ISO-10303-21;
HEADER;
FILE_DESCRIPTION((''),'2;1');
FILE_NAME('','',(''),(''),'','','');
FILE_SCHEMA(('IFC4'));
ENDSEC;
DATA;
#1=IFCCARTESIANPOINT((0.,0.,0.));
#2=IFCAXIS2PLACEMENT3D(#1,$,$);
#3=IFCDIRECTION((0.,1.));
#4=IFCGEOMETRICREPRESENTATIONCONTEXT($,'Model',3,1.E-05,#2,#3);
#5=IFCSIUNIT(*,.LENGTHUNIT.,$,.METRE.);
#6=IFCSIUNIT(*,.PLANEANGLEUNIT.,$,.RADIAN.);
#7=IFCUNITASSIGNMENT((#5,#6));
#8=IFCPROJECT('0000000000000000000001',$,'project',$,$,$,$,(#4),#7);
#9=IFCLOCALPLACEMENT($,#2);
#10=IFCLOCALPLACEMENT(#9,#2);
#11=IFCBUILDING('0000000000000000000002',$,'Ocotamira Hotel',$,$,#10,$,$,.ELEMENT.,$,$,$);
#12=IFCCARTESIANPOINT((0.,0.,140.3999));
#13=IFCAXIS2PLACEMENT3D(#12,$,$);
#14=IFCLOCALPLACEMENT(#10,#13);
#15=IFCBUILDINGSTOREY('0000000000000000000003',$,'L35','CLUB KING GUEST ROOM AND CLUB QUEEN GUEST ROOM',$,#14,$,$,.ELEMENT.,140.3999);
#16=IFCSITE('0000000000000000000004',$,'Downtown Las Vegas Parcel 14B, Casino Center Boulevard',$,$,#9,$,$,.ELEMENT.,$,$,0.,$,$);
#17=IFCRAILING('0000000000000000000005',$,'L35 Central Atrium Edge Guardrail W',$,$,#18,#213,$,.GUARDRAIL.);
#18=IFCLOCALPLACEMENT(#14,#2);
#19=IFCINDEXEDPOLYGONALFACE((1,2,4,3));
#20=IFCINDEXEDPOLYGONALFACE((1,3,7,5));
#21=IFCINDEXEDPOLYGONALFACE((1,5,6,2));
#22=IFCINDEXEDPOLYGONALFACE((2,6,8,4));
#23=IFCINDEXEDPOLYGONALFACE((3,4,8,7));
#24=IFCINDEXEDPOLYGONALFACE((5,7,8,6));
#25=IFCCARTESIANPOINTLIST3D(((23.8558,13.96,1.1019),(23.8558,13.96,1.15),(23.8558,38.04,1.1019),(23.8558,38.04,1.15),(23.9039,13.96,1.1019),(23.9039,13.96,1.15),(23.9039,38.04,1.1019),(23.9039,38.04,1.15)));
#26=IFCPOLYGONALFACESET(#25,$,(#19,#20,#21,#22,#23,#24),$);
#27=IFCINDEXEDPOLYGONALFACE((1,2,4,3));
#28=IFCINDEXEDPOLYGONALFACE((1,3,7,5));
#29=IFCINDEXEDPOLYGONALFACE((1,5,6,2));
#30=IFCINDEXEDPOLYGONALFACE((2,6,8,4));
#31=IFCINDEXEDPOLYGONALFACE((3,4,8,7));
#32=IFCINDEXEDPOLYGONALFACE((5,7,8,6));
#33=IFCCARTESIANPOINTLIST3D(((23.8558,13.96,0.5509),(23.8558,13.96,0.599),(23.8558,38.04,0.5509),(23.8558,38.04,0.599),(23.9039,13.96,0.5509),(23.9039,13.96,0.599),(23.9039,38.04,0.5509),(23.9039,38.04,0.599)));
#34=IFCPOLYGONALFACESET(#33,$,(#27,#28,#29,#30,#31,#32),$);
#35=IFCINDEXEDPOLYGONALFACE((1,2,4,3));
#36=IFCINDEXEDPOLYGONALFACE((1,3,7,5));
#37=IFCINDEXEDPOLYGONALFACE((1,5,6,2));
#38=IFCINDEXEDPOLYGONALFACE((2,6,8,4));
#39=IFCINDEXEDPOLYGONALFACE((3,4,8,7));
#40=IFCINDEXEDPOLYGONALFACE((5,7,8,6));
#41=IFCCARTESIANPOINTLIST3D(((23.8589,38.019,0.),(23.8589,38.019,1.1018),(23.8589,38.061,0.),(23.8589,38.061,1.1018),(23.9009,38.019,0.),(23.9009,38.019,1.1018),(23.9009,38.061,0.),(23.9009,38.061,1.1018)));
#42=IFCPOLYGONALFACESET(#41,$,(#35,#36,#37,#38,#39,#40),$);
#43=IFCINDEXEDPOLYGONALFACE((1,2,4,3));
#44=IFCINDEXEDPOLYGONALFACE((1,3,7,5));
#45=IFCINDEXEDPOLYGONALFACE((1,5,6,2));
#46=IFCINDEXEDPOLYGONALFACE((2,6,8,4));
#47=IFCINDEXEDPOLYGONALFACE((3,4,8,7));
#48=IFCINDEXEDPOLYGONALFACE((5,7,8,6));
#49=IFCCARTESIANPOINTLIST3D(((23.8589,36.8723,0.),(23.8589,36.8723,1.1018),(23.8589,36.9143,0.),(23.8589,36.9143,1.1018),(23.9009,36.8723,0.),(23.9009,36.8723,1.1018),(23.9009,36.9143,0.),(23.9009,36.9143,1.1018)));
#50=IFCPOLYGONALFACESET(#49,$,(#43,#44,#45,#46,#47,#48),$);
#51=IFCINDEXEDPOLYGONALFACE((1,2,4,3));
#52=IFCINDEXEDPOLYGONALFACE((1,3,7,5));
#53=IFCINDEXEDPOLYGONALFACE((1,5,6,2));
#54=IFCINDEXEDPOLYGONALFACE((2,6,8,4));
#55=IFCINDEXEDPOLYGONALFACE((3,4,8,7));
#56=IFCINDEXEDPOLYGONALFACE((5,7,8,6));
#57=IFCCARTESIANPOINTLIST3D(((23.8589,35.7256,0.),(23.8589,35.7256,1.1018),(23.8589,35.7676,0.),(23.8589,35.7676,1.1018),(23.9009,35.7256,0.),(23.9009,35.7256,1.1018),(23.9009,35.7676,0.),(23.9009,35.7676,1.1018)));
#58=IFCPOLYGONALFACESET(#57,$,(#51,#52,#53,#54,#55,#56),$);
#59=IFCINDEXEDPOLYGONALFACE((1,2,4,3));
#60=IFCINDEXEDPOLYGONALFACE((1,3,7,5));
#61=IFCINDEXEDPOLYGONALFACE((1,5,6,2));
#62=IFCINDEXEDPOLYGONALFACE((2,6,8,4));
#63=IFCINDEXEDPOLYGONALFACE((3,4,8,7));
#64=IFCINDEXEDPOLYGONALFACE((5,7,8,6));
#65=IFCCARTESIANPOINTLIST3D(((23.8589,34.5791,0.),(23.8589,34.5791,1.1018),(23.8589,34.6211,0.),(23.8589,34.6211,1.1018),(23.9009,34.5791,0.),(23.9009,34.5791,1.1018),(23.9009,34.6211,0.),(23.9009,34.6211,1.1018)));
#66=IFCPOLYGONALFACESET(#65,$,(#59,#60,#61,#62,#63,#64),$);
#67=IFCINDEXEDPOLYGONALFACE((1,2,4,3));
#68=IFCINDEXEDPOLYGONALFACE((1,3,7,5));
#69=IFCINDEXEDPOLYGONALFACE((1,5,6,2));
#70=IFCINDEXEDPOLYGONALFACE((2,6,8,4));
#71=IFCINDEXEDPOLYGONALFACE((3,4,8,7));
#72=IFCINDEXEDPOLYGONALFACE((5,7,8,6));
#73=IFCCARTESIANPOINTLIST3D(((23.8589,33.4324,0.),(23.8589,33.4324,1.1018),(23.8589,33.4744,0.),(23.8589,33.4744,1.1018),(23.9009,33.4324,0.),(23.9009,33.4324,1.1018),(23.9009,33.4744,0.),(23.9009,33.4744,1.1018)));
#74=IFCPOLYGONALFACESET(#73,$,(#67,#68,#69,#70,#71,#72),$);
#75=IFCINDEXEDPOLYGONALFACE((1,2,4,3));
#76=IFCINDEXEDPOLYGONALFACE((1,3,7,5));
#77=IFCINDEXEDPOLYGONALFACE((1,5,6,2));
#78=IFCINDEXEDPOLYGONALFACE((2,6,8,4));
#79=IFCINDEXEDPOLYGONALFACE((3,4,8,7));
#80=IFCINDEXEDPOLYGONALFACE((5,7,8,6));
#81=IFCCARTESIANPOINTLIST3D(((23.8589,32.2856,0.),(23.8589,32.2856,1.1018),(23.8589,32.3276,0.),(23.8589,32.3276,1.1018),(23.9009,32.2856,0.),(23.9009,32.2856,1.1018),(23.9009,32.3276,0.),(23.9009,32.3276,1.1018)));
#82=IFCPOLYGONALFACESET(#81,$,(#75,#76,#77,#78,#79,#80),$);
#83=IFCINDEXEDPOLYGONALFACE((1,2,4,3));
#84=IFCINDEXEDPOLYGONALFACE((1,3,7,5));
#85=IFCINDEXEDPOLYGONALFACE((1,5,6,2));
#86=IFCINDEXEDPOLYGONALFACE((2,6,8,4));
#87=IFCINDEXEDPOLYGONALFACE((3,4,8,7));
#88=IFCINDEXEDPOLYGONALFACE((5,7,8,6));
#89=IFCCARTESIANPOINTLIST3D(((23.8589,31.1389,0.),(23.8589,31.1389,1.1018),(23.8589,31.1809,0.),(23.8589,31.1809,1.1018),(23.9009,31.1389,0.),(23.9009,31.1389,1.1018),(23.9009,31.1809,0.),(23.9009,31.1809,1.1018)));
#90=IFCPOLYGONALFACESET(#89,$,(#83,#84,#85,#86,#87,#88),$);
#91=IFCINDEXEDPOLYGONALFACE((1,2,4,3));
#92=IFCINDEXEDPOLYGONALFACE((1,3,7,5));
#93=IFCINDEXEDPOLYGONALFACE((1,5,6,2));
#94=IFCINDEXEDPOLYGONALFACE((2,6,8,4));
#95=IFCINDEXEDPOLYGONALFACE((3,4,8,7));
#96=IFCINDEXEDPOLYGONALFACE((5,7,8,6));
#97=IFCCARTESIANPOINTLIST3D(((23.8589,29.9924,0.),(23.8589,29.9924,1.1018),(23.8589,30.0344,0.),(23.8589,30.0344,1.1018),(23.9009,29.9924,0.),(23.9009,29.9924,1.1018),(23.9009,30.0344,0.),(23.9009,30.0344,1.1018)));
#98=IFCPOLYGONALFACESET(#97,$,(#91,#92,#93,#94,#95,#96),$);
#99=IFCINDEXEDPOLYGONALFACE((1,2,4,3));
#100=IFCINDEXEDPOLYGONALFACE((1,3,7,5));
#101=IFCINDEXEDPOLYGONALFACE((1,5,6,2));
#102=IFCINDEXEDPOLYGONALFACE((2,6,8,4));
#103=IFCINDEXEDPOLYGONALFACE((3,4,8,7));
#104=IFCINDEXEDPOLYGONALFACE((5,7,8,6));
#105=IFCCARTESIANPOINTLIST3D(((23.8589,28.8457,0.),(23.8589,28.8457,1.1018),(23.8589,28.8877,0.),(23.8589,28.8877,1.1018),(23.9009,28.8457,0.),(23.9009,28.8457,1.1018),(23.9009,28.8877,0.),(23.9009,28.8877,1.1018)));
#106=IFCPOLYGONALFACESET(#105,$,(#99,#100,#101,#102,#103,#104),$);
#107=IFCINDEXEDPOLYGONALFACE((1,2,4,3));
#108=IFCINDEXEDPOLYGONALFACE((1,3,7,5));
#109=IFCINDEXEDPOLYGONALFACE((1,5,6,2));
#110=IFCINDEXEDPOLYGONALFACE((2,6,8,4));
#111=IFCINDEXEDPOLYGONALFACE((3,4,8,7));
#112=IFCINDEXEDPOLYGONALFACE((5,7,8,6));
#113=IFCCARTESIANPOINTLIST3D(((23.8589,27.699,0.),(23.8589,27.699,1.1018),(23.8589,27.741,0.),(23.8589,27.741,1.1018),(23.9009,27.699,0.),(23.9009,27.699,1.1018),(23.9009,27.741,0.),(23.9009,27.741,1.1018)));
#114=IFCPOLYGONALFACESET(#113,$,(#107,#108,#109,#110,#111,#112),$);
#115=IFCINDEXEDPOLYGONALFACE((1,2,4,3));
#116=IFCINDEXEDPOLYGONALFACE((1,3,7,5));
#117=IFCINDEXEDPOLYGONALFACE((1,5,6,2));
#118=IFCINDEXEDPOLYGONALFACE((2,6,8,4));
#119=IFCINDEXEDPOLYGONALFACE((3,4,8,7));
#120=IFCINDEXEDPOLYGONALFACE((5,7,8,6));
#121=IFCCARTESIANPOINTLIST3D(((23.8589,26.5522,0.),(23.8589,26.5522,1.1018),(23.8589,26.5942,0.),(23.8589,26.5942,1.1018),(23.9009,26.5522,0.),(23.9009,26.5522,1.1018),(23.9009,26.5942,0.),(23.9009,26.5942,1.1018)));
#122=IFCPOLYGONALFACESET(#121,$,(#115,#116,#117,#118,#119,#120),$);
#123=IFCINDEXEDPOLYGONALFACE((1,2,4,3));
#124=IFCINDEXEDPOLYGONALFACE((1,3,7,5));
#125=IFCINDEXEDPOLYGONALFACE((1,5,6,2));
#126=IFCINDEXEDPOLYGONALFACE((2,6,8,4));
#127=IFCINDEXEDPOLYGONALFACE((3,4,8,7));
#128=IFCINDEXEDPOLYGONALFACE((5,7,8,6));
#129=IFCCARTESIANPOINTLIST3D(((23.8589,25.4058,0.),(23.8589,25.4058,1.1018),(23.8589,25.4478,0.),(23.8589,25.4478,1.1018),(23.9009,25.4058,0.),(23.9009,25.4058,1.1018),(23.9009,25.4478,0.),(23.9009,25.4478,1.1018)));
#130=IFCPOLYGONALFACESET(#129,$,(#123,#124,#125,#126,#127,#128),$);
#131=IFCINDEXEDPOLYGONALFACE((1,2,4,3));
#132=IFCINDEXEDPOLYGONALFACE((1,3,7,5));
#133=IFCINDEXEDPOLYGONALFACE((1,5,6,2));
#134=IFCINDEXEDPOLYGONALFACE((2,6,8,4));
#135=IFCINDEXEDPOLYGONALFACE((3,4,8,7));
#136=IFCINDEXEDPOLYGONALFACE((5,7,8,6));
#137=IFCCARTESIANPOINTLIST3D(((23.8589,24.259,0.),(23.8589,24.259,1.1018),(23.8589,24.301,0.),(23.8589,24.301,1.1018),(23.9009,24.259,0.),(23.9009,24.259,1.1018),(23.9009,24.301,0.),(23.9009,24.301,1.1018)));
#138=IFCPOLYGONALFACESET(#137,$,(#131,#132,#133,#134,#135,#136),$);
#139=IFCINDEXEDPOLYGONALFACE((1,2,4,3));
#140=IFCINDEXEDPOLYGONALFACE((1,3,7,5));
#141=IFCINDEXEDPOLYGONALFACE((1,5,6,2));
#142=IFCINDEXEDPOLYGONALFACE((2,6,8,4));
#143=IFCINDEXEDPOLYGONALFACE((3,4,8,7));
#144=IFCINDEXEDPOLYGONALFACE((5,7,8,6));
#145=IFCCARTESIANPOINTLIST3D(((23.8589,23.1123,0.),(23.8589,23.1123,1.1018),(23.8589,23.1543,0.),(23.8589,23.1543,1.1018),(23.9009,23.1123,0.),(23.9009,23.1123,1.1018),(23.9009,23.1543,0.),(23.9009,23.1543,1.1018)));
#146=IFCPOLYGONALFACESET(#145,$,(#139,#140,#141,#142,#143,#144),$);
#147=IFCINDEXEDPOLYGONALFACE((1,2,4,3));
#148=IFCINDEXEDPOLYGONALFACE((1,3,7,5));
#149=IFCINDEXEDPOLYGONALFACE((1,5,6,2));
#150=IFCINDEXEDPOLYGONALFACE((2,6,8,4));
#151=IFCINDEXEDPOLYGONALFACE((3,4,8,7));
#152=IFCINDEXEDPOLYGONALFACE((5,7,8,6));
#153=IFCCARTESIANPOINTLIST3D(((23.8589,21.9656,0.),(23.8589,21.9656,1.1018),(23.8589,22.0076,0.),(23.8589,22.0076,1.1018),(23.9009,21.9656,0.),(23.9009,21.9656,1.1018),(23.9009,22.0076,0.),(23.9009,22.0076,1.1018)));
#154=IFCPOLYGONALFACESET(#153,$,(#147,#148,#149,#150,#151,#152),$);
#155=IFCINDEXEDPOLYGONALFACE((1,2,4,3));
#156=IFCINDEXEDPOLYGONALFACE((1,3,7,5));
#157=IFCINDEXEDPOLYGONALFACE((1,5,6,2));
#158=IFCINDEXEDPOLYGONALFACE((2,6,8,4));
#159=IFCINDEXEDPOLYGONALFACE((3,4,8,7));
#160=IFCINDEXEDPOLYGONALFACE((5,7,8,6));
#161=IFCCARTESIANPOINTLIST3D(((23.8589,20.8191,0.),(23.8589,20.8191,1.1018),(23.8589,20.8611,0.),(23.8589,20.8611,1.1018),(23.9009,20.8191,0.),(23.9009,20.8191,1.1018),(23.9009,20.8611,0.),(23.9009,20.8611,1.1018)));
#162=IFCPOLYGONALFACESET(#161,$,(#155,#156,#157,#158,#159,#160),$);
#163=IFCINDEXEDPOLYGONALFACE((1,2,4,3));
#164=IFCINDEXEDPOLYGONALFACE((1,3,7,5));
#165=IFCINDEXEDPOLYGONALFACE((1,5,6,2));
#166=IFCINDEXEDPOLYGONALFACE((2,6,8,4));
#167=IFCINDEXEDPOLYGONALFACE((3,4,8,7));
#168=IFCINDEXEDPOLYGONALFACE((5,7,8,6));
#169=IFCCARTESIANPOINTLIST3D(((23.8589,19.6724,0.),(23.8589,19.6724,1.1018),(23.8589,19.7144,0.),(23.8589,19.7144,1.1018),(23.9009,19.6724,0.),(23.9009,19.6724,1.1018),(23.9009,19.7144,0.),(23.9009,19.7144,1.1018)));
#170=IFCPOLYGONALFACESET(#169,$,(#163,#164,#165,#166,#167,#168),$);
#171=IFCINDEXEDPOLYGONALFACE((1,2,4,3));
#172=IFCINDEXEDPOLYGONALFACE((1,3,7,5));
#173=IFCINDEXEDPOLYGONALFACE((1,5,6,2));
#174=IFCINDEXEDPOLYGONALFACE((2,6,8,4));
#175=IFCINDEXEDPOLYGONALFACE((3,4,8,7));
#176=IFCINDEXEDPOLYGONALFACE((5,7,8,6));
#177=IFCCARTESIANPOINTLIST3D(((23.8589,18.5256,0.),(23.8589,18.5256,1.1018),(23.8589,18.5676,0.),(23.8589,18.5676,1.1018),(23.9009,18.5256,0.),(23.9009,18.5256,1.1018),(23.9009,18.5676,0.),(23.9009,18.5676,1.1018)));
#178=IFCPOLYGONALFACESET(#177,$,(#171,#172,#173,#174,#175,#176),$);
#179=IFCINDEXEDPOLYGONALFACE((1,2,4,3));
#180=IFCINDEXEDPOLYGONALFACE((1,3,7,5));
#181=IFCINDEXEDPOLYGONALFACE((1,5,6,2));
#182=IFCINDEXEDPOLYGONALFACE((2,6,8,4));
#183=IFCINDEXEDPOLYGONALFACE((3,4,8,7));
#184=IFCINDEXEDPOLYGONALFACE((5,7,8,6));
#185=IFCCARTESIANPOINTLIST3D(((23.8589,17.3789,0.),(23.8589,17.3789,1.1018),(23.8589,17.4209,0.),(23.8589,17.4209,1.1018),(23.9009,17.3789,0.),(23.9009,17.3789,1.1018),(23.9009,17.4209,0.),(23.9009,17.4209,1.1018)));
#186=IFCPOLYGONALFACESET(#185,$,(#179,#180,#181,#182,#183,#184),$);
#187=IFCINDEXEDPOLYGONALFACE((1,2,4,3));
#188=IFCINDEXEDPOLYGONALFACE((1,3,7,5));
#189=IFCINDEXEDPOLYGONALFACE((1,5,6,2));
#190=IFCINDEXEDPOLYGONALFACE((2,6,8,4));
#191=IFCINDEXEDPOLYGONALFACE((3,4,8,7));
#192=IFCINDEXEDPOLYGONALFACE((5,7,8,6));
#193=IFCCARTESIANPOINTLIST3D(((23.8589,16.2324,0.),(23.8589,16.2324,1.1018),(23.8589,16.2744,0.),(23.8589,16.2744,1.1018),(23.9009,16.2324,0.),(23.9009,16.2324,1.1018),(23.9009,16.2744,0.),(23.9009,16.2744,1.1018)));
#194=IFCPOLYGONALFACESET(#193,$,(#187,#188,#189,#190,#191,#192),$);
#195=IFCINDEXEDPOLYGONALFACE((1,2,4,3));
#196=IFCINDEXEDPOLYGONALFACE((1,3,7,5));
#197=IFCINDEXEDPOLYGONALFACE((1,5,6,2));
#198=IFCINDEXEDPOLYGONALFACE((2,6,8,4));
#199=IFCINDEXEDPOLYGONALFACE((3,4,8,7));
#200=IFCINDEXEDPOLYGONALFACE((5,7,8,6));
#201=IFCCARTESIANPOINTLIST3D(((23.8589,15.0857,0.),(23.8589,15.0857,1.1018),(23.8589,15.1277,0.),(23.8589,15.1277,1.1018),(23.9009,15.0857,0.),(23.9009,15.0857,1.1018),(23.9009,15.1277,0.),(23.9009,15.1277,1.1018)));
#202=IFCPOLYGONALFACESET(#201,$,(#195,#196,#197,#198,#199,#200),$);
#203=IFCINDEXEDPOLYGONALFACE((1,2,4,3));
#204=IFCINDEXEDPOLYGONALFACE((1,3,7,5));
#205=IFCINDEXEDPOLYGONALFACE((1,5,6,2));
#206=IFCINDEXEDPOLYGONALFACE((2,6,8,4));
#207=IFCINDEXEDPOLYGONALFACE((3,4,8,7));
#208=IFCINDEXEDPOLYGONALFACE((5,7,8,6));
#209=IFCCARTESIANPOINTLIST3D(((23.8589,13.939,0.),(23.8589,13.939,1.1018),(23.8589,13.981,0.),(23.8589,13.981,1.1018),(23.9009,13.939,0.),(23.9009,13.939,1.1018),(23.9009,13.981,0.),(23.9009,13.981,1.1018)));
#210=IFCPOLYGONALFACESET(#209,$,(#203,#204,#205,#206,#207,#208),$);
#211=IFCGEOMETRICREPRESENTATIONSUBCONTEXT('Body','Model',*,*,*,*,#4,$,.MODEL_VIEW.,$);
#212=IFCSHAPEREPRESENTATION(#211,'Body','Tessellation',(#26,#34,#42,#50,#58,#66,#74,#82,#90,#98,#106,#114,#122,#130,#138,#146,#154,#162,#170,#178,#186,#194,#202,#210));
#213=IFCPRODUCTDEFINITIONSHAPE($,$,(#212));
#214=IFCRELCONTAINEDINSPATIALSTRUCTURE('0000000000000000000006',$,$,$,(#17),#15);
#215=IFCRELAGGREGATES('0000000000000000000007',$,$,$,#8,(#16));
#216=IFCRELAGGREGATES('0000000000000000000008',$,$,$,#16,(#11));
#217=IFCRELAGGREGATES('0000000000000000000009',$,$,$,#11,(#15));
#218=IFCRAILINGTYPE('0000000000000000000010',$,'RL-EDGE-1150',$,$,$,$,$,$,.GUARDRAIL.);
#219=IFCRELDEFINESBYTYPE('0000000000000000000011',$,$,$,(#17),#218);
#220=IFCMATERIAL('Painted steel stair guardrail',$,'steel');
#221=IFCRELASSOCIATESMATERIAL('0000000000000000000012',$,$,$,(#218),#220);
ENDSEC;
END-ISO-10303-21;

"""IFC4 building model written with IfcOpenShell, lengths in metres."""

from ifc_helpers import new_model, si_unit, direction, frame, origin, origin_2d, place, context, subcontext, project, spatial, rectangle, extrude, material, type_object, element, save


model = new_model("IFC4")

# Units and contexts
model_context = context("Model", 3, precision=1e-05, world=origin(), true_north=direction((0.0, 1.0)))
body_context = subcontext(model_context, "Body", "Model", "MODEL_VIEW")
ifc_project = project(units=[si_unit("LENGTHUNIT", "METRE"), si_unit("PLANEANGLEUNIT", "RADIAN")], contexts=[model_context])

# Site, building, storey
site_placement = place(None, origin())
site = spatial("IfcSite", under=ifc_project, at=site_placement, Name="Downtown Las Vegas Parcel 14B, Casino Center Boulevard", CompositionType="ELEMENT", RefElevation=0.0)
building_placement = place(site_placement, origin())
building = spatial("IfcBuilding", under=site, at=building_placement, Name="Ocotamira Hotel", CompositionType="ELEMENT")
storey_placement = place(building_placement, frame((0.0, 0.0, 140.3999)))
storey = spatial("IfcBuildingStorey", under=building, at=storey_placement, Name="L35", Description="CLUB KING GUEST ROOM AND CLUB QUEEN GUEST ROOM", CompositionType="ELEMENT", Elevation=140.3999)

# Railing
ifc_material_1 = material(Name="Painted steel stair guardrail", Category="steel")
railing_type = type_object("IfcRailingType", Name="RL-EDGE-1150", PredefinedType="GUARDRAIL", material=ifc_material_1)
railing_placement = place(storey_placement, frame((23.8799, 38.04, 0.0)))
element("IfcRailing", 1, at=railing_placement, inside=storey, type_object=railing_type, Name="L35 Central Atrium Edge Guardrail W", PredefinedType="GUARDRAIL", context=body_context, shape_type="SweptSolid", body=[
    extrude(rectangle(XDim=0.0481, YDim=0.0481, at=origin_2d()), frame((0.0, 0.0, 1.126), z_axis=(0.0, -1.0, 0.0), x_axis=(1.0, 0.0, 0.0)), (0.0, 0.0, 1.0), 24.0801),
    extrude(rectangle(XDim=0.0481, YDim=0.0481, at=origin_2d()), frame((0.0, 0.0, 0.575), z_axis=(0.0, -1.0, 0.0), x_axis=(1.0, 0.0, 0.0)), (0.0, 0.0, 1.0), 24.0801),
    extrude(rectangle(XDim=0.042, YDim=0.042, at=origin_2d()), origin(), (0.0, 0.0, 1.0), 1.1018),
    extrude(rectangle(XDim=0.042, YDim=0.042, at=origin_2d()), frame((0.0, -1.1467, 0.0)), (0.0, 0.0, 1.0), 1.1018),
    extrude(rectangle(XDim=0.042, YDim=0.042, at=origin_2d()), frame((0.0, -2.2935, 0.0)), (0.0, 0.0, 1.0), 1.1018),
    extrude(rectangle(XDim=0.042, YDim=0.042, at=origin_2d()), frame((0.0, -3.4399, 0.0)), (0.0, 0.0, 1.0), 1.1018),
    extrude(rectangle(XDim=0.042, YDim=0.042, at=origin_2d()), frame((0.0, -4.5867, 0.0)), (0.0, 0.0, 1.0), 1.1018),
    extrude(rectangle(XDim=0.042, YDim=0.042, at=origin_2d()), frame((0.0, -5.7334, 0.0)), (0.0, 0.0, 1.0), 1.1018),
    extrude(rectangle(XDim=0.042, YDim=0.042, at=origin_2d()), frame((0.0, -6.8801, 0.0)), (0.0, 0.0, 1.0), 1.1018),
    extrude(rectangle(XDim=0.042, YDim=0.042, at=origin_2d()), frame((0.0, -8.0266, 0.0)), (0.0, 0.0, 1.0), 1.1018),
    extrude(rectangle(XDim=0.042, YDim=0.042, at=origin_2d()), frame((0.0, -9.1733, 0.0)), (0.0, 0.0, 1.0), 1.1018),
    extrude(rectangle(XDim=0.042, YDim=0.042, at=origin_2d()), frame((0.0, -10.3201, 0.0)), (0.0, 0.0, 1.0), 1.1018),
    extrude(rectangle(XDim=0.042, YDim=0.042, at=origin_2d()), frame((0.0, -11.4668, 0.0)), (0.0, 0.0, 1.0), 1.1018),
    extrude(rectangle(XDim=0.042, YDim=0.042, at=origin_2d()), frame((0.0, -12.6133, 0.0)), (0.0, 0.0, 1.0), 1.1018),
    extrude(rectangle(XDim=0.042, YDim=0.042, at=origin_2d()), frame((0.0, -13.76, 0.0)), (0.0, 0.0, 1.0), 1.1018),
    extrude(rectangle(XDim=0.042, YDim=0.042, at=origin_2d()), frame((0.0, -14.9067, 0.0)), (0.0, 0.0, 1.0), 1.1018),
    extrude(rectangle(XDim=0.042, YDim=0.042, at=origin_2d()), frame((0.0, -16.0535, 0.0)), (0.0, 0.0, 1.0), 1.1018),
    extrude(rectangle(XDim=0.042, YDim=0.042, at=origin_2d()), frame((0.0, -17.2, 0.0)), (0.0, 0.0, 1.0), 1.1018),
    extrude(rectangle(XDim=0.042, YDim=0.042, at=origin_2d()), frame((0.0, -18.3467, 0.0)), (0.0, 0.0, 1.0), 1.1018),
    extrude(rectangle(XDim=0.042, YDim=0.042, at=origin_2d()), frame((0.0, -19.4934, 0.0)), (0.0, 0.0, 1.0), 1.1018),
    extrude(rectangle(XDim=0.042, YDim=0.042, at=origin_2d()), frame((0.0, -20.6401, 0.0)), (0.0, 0.0, 1.0), 1.1018),
    extrude(rectangle(XDim=0.042, YDim=0.042, at=origin_2d()), frame((0.0, -21.7866, 0.0)), (0.0, 0.0, 1.0), 1.1018),
    extrude(rectangle(XDim=0.042, YDim=0.042, at=origin_2d()), frame((0.0, -22.9333, 0.0)), (0.0, 0.0, 1.0), 1.1018),
    extrude(rectangle(XDim=0.042, YDim=0.042, at=origin_2d()), frame((0.0, -24.0801, 0.0)), (0.0, 0.0, 1.0), 1.1018),
])

save(model, "model.ifc")
